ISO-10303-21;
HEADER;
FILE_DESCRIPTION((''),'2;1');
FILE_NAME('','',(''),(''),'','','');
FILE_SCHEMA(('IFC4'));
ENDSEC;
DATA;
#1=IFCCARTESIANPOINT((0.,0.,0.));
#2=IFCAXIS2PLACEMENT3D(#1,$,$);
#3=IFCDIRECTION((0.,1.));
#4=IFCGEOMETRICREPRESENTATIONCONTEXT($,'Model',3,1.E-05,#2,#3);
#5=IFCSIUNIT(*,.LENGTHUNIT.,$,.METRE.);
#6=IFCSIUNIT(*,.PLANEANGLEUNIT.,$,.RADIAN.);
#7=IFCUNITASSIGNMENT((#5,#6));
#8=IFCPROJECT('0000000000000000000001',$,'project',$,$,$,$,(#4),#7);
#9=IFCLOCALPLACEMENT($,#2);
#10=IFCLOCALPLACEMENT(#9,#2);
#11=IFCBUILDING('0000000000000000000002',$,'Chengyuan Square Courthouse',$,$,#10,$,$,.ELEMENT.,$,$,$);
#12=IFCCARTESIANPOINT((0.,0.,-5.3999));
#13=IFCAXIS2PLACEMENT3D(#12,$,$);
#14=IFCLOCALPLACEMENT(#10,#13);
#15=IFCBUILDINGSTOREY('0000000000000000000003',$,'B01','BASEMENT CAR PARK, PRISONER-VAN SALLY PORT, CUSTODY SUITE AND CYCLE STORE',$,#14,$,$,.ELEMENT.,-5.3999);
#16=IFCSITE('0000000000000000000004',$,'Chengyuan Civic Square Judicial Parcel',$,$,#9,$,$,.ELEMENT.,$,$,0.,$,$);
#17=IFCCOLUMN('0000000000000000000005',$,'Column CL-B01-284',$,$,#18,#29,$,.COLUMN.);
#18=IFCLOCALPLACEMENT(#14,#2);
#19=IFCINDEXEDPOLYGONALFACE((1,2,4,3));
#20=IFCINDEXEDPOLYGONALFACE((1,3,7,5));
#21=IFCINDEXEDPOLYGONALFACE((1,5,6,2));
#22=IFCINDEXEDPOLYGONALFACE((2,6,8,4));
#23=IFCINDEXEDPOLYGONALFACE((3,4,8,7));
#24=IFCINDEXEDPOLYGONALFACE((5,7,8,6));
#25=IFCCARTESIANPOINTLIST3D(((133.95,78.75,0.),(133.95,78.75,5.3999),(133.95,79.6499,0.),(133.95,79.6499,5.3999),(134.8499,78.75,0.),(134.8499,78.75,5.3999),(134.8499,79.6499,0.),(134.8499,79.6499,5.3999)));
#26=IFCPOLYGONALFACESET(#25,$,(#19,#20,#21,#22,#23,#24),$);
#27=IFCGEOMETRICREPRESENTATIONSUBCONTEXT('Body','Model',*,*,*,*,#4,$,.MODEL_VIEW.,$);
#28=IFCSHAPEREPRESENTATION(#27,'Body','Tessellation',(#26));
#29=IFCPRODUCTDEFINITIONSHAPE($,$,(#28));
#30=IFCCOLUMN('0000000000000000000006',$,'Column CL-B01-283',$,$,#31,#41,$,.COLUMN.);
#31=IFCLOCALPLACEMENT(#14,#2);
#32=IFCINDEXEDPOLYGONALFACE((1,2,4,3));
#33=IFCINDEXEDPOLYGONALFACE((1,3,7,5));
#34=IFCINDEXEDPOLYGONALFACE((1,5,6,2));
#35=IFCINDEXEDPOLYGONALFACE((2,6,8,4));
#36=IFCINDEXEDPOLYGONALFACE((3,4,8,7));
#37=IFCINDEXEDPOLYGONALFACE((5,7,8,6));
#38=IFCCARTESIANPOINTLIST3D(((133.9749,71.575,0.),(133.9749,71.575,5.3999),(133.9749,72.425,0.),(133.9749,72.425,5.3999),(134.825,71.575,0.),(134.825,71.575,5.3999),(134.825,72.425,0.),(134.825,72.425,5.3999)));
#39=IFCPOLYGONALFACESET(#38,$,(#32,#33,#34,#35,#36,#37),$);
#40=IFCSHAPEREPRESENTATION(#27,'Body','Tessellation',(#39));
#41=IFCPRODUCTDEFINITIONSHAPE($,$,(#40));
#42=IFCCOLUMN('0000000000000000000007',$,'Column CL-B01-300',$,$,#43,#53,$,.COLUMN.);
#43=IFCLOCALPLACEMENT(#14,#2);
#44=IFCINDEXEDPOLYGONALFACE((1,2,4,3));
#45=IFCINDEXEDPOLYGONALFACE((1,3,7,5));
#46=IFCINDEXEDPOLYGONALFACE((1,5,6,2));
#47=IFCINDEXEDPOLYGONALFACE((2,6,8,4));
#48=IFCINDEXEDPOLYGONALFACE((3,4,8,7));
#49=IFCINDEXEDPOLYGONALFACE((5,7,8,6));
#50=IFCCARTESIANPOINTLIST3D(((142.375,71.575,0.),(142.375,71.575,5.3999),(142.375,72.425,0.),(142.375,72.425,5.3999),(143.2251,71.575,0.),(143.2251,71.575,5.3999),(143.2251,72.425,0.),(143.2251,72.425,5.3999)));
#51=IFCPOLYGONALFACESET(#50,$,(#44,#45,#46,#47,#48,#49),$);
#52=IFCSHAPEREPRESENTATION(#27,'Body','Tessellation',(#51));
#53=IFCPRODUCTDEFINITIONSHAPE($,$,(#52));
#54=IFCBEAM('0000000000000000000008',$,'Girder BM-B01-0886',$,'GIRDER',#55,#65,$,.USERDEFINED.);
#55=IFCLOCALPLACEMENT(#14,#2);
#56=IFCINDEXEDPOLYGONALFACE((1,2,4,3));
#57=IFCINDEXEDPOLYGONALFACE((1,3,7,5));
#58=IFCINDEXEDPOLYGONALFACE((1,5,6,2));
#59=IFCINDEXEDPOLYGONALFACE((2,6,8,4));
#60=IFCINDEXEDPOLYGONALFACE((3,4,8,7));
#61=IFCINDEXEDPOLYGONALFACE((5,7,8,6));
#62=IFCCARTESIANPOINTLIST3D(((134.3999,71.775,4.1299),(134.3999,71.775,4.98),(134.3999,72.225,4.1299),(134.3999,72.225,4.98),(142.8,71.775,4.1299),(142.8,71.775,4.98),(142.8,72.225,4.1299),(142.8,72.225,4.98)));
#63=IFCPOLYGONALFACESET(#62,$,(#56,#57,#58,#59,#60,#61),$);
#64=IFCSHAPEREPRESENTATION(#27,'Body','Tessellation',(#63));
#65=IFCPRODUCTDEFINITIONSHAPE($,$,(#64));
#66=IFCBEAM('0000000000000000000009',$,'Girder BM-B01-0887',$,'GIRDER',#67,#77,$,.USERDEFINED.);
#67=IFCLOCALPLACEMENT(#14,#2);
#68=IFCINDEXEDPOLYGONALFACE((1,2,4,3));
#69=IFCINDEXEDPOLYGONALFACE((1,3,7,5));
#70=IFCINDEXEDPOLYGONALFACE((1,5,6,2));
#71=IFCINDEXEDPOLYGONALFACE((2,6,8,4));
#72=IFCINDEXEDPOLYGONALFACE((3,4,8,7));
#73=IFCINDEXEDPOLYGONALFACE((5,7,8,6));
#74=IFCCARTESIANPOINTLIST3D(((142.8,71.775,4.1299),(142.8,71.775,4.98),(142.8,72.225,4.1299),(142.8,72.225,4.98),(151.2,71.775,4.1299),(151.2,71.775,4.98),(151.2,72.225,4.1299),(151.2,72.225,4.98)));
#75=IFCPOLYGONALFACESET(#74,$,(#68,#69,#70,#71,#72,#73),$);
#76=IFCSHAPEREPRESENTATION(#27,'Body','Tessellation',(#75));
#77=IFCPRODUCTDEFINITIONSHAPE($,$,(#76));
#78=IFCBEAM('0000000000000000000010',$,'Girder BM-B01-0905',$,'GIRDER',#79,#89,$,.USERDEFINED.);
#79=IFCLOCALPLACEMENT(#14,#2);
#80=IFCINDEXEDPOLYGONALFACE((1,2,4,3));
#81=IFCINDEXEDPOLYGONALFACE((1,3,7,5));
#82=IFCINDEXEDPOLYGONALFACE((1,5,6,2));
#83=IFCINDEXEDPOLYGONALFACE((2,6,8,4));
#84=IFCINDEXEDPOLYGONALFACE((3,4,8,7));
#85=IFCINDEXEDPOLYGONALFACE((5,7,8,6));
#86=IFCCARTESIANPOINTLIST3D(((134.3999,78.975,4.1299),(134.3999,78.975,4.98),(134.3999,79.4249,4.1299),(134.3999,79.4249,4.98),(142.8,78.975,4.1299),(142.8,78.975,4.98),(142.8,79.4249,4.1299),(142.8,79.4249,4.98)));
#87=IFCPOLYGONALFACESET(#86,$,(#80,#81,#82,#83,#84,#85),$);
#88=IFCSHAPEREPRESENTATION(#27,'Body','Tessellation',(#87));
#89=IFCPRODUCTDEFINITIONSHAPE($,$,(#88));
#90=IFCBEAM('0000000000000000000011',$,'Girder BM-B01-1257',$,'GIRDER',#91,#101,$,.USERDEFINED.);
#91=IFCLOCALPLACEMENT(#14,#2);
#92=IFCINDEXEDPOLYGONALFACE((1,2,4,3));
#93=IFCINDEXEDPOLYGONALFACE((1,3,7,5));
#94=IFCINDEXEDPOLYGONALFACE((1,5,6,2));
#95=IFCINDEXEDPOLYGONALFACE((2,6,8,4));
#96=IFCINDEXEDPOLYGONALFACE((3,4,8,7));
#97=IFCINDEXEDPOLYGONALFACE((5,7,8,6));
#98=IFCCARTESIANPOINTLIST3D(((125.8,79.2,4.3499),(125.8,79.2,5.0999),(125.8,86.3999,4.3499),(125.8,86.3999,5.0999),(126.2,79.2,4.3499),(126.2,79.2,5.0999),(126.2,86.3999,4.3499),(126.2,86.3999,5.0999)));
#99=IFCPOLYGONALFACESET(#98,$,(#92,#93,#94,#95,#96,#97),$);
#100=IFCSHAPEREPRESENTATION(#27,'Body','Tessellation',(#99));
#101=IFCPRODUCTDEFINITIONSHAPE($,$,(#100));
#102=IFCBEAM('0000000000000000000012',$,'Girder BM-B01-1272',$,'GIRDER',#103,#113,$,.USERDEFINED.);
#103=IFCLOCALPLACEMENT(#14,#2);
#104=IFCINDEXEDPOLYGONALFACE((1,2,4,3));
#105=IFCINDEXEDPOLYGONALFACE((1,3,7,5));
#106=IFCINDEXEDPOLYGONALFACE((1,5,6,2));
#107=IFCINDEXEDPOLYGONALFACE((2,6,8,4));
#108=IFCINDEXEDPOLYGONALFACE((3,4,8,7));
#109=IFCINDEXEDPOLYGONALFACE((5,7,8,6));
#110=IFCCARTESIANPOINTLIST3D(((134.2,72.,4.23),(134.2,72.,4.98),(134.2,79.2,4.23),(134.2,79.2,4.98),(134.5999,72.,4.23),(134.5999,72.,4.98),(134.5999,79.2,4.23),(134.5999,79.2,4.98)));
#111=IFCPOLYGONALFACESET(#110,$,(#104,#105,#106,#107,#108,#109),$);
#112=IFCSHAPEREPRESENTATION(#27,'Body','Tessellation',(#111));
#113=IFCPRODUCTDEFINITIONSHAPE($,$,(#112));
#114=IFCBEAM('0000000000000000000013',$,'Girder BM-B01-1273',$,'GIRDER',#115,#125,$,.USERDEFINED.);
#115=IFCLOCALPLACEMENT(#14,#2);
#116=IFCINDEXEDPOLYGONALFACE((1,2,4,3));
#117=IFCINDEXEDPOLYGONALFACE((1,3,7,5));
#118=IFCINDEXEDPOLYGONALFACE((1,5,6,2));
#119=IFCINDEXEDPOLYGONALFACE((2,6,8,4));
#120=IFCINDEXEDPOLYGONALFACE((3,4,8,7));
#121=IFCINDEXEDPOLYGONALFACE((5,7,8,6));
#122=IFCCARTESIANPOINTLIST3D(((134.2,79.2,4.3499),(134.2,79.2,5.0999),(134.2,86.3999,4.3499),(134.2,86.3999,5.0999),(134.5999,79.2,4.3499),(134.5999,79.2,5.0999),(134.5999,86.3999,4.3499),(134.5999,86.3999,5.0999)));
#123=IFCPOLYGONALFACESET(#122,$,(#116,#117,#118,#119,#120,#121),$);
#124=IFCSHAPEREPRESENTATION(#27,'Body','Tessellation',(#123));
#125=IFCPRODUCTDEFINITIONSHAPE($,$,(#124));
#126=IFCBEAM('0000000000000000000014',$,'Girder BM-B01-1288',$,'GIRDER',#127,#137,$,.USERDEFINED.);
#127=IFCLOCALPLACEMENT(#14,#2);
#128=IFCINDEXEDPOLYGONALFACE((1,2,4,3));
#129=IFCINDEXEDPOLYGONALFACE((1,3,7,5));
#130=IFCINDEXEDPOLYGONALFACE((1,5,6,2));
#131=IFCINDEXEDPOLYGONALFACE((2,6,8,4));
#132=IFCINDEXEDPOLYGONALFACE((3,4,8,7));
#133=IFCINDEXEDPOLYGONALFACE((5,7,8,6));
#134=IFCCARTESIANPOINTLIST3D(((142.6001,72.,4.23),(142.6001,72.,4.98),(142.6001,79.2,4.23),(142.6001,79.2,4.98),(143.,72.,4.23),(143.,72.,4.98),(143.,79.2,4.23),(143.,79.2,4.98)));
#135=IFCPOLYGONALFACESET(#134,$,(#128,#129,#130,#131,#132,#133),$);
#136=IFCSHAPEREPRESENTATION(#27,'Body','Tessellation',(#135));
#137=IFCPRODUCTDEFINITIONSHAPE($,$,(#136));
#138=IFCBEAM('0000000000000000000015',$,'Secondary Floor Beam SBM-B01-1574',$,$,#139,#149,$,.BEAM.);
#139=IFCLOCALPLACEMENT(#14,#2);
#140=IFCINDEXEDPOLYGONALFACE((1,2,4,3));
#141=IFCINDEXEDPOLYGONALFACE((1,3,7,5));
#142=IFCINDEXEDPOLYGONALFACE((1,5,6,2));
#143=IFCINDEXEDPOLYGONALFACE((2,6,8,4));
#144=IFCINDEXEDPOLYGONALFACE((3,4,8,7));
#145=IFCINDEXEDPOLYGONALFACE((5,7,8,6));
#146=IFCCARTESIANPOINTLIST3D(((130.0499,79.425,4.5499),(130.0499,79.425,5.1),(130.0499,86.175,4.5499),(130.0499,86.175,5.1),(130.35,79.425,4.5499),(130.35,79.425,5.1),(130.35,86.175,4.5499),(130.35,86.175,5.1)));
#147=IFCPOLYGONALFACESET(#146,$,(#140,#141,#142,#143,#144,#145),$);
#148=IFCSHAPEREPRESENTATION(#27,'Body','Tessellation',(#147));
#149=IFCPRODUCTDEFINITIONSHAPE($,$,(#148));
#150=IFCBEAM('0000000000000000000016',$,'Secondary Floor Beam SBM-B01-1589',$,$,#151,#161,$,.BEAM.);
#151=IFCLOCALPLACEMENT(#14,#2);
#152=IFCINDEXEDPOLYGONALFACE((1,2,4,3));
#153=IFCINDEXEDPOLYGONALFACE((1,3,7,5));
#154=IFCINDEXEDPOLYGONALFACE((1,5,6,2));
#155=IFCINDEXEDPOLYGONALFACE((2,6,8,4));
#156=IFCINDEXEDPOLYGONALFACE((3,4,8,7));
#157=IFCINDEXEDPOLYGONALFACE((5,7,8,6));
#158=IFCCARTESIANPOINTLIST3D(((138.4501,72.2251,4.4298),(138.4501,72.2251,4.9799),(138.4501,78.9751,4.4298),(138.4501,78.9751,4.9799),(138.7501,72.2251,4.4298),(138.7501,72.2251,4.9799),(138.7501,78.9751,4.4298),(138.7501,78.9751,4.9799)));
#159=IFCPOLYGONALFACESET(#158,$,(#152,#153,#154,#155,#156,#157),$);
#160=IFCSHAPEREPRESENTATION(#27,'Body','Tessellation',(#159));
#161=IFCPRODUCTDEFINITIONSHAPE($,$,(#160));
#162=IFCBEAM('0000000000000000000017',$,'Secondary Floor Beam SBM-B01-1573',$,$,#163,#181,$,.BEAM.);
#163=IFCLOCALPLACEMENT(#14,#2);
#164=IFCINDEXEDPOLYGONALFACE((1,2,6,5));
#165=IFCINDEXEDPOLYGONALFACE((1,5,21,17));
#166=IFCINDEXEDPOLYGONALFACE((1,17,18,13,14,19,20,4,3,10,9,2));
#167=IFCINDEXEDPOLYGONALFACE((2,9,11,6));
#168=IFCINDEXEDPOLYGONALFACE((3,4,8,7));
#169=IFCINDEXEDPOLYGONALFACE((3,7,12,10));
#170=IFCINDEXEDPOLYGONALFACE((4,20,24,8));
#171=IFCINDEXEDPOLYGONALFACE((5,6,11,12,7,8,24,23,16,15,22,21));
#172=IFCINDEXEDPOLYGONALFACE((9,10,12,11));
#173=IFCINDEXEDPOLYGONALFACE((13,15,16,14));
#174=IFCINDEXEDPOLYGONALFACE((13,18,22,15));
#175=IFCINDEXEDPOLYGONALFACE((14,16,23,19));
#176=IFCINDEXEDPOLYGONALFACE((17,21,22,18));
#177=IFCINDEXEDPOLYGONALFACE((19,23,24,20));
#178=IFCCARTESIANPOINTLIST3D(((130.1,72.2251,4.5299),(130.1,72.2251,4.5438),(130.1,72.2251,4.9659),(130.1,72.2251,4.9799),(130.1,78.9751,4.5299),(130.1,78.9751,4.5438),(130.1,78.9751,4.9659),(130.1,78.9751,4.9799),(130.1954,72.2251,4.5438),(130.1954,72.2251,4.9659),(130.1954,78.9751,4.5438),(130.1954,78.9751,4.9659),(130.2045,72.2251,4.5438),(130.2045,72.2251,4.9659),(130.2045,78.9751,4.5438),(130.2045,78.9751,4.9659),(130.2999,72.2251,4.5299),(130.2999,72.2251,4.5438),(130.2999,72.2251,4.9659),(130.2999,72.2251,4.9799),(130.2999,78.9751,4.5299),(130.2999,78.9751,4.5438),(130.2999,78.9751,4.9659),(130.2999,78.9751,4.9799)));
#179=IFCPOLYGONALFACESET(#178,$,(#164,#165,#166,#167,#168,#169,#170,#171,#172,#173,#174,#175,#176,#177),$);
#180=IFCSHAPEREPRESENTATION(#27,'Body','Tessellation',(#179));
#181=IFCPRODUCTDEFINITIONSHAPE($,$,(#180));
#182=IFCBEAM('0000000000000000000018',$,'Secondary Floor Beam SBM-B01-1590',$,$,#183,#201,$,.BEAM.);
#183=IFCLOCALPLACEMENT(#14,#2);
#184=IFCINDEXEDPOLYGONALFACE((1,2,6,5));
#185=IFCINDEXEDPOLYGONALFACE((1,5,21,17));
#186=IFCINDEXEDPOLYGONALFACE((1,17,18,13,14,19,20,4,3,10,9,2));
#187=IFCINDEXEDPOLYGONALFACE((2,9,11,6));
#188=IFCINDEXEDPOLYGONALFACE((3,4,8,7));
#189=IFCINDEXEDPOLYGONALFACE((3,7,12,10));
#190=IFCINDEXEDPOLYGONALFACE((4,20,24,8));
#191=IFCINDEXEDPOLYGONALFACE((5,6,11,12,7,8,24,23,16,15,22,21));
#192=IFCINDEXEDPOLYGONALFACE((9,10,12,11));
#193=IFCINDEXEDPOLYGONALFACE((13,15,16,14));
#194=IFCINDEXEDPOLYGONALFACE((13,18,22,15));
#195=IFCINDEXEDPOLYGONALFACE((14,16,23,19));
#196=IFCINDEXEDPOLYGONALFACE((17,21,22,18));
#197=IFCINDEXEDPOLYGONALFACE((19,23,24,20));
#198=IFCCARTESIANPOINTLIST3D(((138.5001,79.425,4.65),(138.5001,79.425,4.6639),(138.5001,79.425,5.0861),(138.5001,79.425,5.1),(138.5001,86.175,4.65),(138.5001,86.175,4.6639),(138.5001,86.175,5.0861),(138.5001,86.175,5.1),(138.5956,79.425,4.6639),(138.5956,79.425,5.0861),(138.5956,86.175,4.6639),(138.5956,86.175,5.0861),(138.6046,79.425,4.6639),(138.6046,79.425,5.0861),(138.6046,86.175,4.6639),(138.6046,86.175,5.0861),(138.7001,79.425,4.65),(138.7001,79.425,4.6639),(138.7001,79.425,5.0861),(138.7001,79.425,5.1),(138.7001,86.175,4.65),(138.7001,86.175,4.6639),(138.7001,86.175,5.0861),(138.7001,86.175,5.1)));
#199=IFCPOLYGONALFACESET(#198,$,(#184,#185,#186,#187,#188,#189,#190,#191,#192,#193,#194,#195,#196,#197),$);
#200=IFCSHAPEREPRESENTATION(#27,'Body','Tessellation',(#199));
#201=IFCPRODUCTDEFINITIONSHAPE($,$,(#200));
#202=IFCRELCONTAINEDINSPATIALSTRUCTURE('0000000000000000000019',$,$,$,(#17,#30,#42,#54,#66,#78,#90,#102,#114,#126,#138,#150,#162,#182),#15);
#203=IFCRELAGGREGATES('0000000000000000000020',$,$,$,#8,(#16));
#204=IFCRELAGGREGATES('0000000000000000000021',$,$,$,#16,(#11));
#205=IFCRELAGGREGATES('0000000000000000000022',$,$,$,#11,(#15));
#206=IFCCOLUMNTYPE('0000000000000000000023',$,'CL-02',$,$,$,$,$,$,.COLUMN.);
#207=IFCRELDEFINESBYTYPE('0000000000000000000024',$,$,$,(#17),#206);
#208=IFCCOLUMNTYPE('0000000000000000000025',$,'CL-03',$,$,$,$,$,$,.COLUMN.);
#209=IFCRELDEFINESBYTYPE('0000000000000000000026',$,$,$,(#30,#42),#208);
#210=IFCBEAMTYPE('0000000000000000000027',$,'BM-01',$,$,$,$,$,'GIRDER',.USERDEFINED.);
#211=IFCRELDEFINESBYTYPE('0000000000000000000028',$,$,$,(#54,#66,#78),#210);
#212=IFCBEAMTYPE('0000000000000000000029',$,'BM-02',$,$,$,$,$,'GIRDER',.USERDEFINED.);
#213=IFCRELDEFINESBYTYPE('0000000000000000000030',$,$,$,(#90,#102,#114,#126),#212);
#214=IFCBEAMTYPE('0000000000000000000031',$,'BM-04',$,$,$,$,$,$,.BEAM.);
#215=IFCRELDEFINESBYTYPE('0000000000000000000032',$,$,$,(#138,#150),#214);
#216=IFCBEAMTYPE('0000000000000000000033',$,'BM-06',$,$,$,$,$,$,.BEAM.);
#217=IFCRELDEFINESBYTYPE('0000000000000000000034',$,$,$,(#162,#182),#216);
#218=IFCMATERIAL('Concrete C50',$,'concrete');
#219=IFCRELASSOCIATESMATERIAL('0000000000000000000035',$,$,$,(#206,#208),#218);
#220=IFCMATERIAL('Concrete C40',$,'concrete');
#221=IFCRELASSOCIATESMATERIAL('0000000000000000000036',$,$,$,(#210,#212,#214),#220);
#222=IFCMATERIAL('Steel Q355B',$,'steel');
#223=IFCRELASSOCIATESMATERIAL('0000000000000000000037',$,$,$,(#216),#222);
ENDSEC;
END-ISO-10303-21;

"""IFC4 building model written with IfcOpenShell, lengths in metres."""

from ifc_helpers import new_model, si_unit, direction, frame, origin, origin_2d, place, context, subcontext, project, spatial, rectangle, i_section, extrude, material, material_profile, profile_set, type_object, element, save


model = new_model("IFC4")

# Units and contexts
model_context = context("Model", 3, precision=1e-05, world=origin(), true_north=direction((0.0, 1.0)))
body_context = subcontext(model_context, "Body", "Model", "MODEL_VIEW")
ifc_project = project(units=[si_unit("LENGTHUNIT", "METRE"), si_unit("PLANEANGLEUNIT", "RADIAN")], contexts=[model_context])

# Site, building, storey
site_placement = place(None, origin())
site = spatial("IfcSite", under=ifc_project, at=site_placement, Name="Chengyuan Civic Square Judicial Parcel", CompositionType="ELEMENT", RefElevation=0.0)
building_placement = place(site_placement, origin())
building = spatial("IfcBuilding", under=site, at=building_placement, Name="Chengyuan Square Courthouse", CompositionType="ELEMENT")
storey_placement = place(building_placement, frame((0.0, 0.0, -5.3999)))
storey = spatial("IfcBuildingStorey", under=building, at=storey_placement, Name="B01", Description="BASEMENT CAR PARK, PRISONER-VAN SALLY PORT, CUSTODY SUITE AND CYCLE STORE", CompositionType="ELEMENT", Elevation=-5.3999)

# Columns
ifc_material_1 = material(Name="Concrete C50", Category="concrete")
ifc_material_profile_1 = material_profile(ifc_material_1, rectangle(XDim=0.8999, YDim=0.8999, at=origin_2d()), Name="RC-COL-900x900")
ifc_profile_set_1 = profile_set([ifc_material_profile_1], Name="Concrete C50")
column_type_1 = type_object("IfcColumnType", Name="CL-02", PredefinedType="COLUMN", material=ifc_profile_set_1)
column_placement = place(storey_placement, frame((134.3999, 79.2, 0.0), z_axis=(0.0, 0.0, 1.0), x_axis=(1.0, 0.0, 0.0)))
element("IfcColumn", 1, at=column_placement, inside=storey, type_object=column_type_1, Name="Column CL-B01-284", PredefinedType="COLUMN", context=body_context, shape_type="SweptSolid", body=[
    extrude(rectangle(XDim=0.8999, YDim=0.8999, at=origin_2d()), origin(), (0.0, 0.0, 1.0), 5.3999),
])
ifc_material_profile_2 = material_profile(ifc_material_1, rectangle(XDim=0.8501, YDim=0.8501, at=origin_2d()), Name="RC-COL-850x850")
ifc_profile_set_2 = profile_set([ifc_material_profile_2], Name="Concrete C50")
column_type_2 = type_object("IfcColumnType", Name="CL-03", PredefinedType="COLUMN", material=ifc_profile_set_2)
for number, where, z_axis, x_axis, name in (
    (2, (134.3999, 72.0, 0.0), (0.0, 0.0, 1.0), (1.0, 0.0, 0.0), "Column CL-B01-283"),
    (3, (142.8, 72.0, 0.0), (0.0, 0.0, 1.0), (1.0, 0.0, 0.0), "Column CL-B01-300"),
):
    element("IfcColumn", number, at=place(storey_placement, frame(where, z_axis=z_axis, x_axis=x_axis)), inside=storey, type_object=column_type_2, Name=name, PredefinedType="COLUMN", context=body_context, shape_type="SweptSolid", body=[
        extrude(rectangle(XDim=0.8501, YDim=0.8501, at=origin_2d()), origin(), (0.0, 0.0, 1.0), 5.3999),
    ])

# Beams
ifc_material_2 = material(Name="Concrete C40", Category="concrete")
ifc_material_profile_3 = material_profile(ifc_material_2, rectangle(XDim=0.45, YDim=0.8501, at=origin_2d()), Name="RC-BM-450x850")
ifc_profile_set_3 = profile_set([ifc_material_profile_3], Name="Concrete C40")
beam_type_1 = type_object("IfcBeamType", Name="BM-01", ElementType="GIRDER", PredefinedType="USERDEFINED", material=ifc_profile_set_3)
beam_1_placement = place(storey_placement, frame((134.3999, 72.0, 4.5549), z_axis=(1.0, 0.0, 0.0), x_axis=(0.0, 1.0, 0.0)))
element("IfcBeam", 4, at=beam_1_placement, inside=storey, type_object=beam_type_1, Name="Girder BM-B01-0886", ObjectType="GIRDER", PredefinedType="USERDEFINED", context=body_context, shape_type="SweptSolid", body=[
    extrude(rectangle(XDim=0.45, YDim=0.8501, at=origin_2d()), origin(), (0.0, 0.0, 1.0), 8.4001),
])
beam_2_placement = place(storey_placement, frame((142.8, 72.0, 4.5549), z_axis=(1.0, 0.0, 0.0), x_axis=(0.0, 1.0, 0.0)))
element("IfcBeam", 5, at=beam_2_placement, inside=storey, type_object=beam_type_1, Name="Girder BM-B01-0887", ObjectType="GIRDER", PredefinedType="USERDEFINED", context=body_context, shape_type="SweptSolid", body=[
    extrude(rectangle(XDim=0.45, YDim=0.8501, at=origin_2d()), origin(), (0.0, 0.0, 1.0), 8.3999),
])
beam_3_placement = place(storey_placement, frame((134.3999, 79.2, 4.5549), z_axis=(1.0, 0.0, 0.0), x_axis=(0.0, 1.0, 0.0)))
element("IfcBeam", 6, at=beam_3_placement, inside=storey, type_object=beam_type_1, Name="Girder BM-B01-0905", ObjectType="GIRDER", PredefinedType="USERDEFINED", context=body_context, shape_type="SweptSolid", body=[
    extrude(rectangle(XDim=0.45, YDim=0.8501, at=origin_2d()), origin(), (0.0, 0.0, 1.0), 8.4001),
])
ifc_material_profile_4 = material_profile(ifc_material_2, rectangle(XDim=0.3999, YDim=0.75, at=origin_2d()), Name="RC-BM-400x750")
ifc_profile_set_4 = profile_set([ifc_material_profile_4], Name="Concrete C40")
beam_type_2 = type_object("IfcBeamType", Name="BM-02", ElementType="GIRDER", PredefinedType="USERDEFINED", material=ifc_profile_set_4)
for number, where, z_axis, x_axis, name in (
    (7, (126.0, 79.2, 4.7249), (0.0, 1.0, 0.0), (-1.0, 0.0, 0.0), "Girder BM-B01-1257"),
    (8, (134.3999, 72.0, 4.605), (0.0, 1.0, 0.0), (-1.0, 0.0, 0.0), "Girder BM-B01-1272"),
    (9, (134.3999, 79.2, 4.7249), (0.0, 1.0, 0.0), (-1.0, 0.0, 0.0), "Girder BM-B01-1273"),
    (10, (142.8, 72.0, 4.605), (0.0, 1.0, 0.0), (-1.0, 0.0, 0.0), "Girder BM-B01-1288"),
):
    element("IfcBeam", number, at=place(storey_placement, frame(where, z_axis=z_axis, x_axis=x_axis)), inside=storey, type_object=beam_type_2, Name=name, ObjectType="GIRDER", PredefinedType="USERDEFINED", context=body_context, shape_type="SweptSolid", body=[
        extrude(rectangle(XDim=0.3999, YDim=0.75, at=origin_2d()), origin(), (0.0, 0.0, 1.0), 7.2),
    ])
ifc_material_profile_5 = material_profile(ifc_material_2, rectangle(XDim=0.3, YDim=0.55, at=origin_2d()), Name="RC-BM-300x550")
ifc_profile_set_5 = profile_set([ifc_material_profile_5], Name="Concrete C40")
beam_type_3 = type_object("IfcBeamType", Name="BM-04", PredefinedType="BEAM", material=ifc_profile_set_5)
for number, where, z_axis, x_axis, name in (
    (11, (130.2, 79.425, 4.825), (0.0, 1.0, 0.0), (-1.0, 0.0, 0.0), "Secondary Floor Beam SBM-B01-1574"),
    (12, (138.6001, 72.2251, 4.7048), (0.0, 1.0, 0.0), (-1.0, 0.0, 0.0), "Secondary Floor Beam SBM-B01-1589"),
):
    element("IfcBeam", number, at=place(storey_placement, frame(where, z_axis=z_axis, x_axis=x_axis)), inside=storey, type_object=beam_type_3, Name=name, PredefinedType="BEAM", context=body_context, shape_type="SweptSolid", body=[
        extrude(rectangle(XDim=0.3, YDim=0.55, at=origin_2d()), origin(), (0.0, 0.0, 1.0), 6.75),
    ])
ifc_material_3 = material(Name="Steel Q355B", Category="steel")
ifc_material_profile_6 = material_profile(ifc_material_3, i_section(OverallWidth=0.2, OverallDepth=0.45, WebThickness=0.009, FlangeThickness=0.0139, at=origin_2d()), Name="HN 450x200x9x14")
ifc_profile_set_6 = profile_set([ifc_material_profile_6], Name="Steel Q355B")
beam_type_4 = type_object("IfcBeamType", Name="BM-06", PredefinedType="BEAM", material=ifc_profile_set_6)
for number, where, z_axis, x_axis, name in (
    (13, (130.2, 72.2251, 4.7549), (0.0, 1.0, 0.0), (-1.0, 0.0, 0.0), "Secondary Floor Beam SBM-B01-1573"),
    (14, (138.6001, 79.425, 4.875), (0.0, 1.0, 0.0), (-1.0, 0.0, 0.0), "Secondary Floor Beam SBM-B01-1590"),
):
    element("IfcBeam", number, at=place(storey_placement, frame(where, z_axis=z_axis, x_axis=x_axis)), inside=storey, type_object=beam_type_4, Name=name, PredefinedType="BEAM", context=body_context, shape_type="SweptSolid", body=[
        extrude(i_section(OverallWidth=0.2, OverallDepth=0.45, WebThickness=0.009, FlangeThickness=0.0139, at=origin_2d()), origin(), (0.0, 0.0, 1.0), 6.75),
    ])

save(model, "model.ifc")
